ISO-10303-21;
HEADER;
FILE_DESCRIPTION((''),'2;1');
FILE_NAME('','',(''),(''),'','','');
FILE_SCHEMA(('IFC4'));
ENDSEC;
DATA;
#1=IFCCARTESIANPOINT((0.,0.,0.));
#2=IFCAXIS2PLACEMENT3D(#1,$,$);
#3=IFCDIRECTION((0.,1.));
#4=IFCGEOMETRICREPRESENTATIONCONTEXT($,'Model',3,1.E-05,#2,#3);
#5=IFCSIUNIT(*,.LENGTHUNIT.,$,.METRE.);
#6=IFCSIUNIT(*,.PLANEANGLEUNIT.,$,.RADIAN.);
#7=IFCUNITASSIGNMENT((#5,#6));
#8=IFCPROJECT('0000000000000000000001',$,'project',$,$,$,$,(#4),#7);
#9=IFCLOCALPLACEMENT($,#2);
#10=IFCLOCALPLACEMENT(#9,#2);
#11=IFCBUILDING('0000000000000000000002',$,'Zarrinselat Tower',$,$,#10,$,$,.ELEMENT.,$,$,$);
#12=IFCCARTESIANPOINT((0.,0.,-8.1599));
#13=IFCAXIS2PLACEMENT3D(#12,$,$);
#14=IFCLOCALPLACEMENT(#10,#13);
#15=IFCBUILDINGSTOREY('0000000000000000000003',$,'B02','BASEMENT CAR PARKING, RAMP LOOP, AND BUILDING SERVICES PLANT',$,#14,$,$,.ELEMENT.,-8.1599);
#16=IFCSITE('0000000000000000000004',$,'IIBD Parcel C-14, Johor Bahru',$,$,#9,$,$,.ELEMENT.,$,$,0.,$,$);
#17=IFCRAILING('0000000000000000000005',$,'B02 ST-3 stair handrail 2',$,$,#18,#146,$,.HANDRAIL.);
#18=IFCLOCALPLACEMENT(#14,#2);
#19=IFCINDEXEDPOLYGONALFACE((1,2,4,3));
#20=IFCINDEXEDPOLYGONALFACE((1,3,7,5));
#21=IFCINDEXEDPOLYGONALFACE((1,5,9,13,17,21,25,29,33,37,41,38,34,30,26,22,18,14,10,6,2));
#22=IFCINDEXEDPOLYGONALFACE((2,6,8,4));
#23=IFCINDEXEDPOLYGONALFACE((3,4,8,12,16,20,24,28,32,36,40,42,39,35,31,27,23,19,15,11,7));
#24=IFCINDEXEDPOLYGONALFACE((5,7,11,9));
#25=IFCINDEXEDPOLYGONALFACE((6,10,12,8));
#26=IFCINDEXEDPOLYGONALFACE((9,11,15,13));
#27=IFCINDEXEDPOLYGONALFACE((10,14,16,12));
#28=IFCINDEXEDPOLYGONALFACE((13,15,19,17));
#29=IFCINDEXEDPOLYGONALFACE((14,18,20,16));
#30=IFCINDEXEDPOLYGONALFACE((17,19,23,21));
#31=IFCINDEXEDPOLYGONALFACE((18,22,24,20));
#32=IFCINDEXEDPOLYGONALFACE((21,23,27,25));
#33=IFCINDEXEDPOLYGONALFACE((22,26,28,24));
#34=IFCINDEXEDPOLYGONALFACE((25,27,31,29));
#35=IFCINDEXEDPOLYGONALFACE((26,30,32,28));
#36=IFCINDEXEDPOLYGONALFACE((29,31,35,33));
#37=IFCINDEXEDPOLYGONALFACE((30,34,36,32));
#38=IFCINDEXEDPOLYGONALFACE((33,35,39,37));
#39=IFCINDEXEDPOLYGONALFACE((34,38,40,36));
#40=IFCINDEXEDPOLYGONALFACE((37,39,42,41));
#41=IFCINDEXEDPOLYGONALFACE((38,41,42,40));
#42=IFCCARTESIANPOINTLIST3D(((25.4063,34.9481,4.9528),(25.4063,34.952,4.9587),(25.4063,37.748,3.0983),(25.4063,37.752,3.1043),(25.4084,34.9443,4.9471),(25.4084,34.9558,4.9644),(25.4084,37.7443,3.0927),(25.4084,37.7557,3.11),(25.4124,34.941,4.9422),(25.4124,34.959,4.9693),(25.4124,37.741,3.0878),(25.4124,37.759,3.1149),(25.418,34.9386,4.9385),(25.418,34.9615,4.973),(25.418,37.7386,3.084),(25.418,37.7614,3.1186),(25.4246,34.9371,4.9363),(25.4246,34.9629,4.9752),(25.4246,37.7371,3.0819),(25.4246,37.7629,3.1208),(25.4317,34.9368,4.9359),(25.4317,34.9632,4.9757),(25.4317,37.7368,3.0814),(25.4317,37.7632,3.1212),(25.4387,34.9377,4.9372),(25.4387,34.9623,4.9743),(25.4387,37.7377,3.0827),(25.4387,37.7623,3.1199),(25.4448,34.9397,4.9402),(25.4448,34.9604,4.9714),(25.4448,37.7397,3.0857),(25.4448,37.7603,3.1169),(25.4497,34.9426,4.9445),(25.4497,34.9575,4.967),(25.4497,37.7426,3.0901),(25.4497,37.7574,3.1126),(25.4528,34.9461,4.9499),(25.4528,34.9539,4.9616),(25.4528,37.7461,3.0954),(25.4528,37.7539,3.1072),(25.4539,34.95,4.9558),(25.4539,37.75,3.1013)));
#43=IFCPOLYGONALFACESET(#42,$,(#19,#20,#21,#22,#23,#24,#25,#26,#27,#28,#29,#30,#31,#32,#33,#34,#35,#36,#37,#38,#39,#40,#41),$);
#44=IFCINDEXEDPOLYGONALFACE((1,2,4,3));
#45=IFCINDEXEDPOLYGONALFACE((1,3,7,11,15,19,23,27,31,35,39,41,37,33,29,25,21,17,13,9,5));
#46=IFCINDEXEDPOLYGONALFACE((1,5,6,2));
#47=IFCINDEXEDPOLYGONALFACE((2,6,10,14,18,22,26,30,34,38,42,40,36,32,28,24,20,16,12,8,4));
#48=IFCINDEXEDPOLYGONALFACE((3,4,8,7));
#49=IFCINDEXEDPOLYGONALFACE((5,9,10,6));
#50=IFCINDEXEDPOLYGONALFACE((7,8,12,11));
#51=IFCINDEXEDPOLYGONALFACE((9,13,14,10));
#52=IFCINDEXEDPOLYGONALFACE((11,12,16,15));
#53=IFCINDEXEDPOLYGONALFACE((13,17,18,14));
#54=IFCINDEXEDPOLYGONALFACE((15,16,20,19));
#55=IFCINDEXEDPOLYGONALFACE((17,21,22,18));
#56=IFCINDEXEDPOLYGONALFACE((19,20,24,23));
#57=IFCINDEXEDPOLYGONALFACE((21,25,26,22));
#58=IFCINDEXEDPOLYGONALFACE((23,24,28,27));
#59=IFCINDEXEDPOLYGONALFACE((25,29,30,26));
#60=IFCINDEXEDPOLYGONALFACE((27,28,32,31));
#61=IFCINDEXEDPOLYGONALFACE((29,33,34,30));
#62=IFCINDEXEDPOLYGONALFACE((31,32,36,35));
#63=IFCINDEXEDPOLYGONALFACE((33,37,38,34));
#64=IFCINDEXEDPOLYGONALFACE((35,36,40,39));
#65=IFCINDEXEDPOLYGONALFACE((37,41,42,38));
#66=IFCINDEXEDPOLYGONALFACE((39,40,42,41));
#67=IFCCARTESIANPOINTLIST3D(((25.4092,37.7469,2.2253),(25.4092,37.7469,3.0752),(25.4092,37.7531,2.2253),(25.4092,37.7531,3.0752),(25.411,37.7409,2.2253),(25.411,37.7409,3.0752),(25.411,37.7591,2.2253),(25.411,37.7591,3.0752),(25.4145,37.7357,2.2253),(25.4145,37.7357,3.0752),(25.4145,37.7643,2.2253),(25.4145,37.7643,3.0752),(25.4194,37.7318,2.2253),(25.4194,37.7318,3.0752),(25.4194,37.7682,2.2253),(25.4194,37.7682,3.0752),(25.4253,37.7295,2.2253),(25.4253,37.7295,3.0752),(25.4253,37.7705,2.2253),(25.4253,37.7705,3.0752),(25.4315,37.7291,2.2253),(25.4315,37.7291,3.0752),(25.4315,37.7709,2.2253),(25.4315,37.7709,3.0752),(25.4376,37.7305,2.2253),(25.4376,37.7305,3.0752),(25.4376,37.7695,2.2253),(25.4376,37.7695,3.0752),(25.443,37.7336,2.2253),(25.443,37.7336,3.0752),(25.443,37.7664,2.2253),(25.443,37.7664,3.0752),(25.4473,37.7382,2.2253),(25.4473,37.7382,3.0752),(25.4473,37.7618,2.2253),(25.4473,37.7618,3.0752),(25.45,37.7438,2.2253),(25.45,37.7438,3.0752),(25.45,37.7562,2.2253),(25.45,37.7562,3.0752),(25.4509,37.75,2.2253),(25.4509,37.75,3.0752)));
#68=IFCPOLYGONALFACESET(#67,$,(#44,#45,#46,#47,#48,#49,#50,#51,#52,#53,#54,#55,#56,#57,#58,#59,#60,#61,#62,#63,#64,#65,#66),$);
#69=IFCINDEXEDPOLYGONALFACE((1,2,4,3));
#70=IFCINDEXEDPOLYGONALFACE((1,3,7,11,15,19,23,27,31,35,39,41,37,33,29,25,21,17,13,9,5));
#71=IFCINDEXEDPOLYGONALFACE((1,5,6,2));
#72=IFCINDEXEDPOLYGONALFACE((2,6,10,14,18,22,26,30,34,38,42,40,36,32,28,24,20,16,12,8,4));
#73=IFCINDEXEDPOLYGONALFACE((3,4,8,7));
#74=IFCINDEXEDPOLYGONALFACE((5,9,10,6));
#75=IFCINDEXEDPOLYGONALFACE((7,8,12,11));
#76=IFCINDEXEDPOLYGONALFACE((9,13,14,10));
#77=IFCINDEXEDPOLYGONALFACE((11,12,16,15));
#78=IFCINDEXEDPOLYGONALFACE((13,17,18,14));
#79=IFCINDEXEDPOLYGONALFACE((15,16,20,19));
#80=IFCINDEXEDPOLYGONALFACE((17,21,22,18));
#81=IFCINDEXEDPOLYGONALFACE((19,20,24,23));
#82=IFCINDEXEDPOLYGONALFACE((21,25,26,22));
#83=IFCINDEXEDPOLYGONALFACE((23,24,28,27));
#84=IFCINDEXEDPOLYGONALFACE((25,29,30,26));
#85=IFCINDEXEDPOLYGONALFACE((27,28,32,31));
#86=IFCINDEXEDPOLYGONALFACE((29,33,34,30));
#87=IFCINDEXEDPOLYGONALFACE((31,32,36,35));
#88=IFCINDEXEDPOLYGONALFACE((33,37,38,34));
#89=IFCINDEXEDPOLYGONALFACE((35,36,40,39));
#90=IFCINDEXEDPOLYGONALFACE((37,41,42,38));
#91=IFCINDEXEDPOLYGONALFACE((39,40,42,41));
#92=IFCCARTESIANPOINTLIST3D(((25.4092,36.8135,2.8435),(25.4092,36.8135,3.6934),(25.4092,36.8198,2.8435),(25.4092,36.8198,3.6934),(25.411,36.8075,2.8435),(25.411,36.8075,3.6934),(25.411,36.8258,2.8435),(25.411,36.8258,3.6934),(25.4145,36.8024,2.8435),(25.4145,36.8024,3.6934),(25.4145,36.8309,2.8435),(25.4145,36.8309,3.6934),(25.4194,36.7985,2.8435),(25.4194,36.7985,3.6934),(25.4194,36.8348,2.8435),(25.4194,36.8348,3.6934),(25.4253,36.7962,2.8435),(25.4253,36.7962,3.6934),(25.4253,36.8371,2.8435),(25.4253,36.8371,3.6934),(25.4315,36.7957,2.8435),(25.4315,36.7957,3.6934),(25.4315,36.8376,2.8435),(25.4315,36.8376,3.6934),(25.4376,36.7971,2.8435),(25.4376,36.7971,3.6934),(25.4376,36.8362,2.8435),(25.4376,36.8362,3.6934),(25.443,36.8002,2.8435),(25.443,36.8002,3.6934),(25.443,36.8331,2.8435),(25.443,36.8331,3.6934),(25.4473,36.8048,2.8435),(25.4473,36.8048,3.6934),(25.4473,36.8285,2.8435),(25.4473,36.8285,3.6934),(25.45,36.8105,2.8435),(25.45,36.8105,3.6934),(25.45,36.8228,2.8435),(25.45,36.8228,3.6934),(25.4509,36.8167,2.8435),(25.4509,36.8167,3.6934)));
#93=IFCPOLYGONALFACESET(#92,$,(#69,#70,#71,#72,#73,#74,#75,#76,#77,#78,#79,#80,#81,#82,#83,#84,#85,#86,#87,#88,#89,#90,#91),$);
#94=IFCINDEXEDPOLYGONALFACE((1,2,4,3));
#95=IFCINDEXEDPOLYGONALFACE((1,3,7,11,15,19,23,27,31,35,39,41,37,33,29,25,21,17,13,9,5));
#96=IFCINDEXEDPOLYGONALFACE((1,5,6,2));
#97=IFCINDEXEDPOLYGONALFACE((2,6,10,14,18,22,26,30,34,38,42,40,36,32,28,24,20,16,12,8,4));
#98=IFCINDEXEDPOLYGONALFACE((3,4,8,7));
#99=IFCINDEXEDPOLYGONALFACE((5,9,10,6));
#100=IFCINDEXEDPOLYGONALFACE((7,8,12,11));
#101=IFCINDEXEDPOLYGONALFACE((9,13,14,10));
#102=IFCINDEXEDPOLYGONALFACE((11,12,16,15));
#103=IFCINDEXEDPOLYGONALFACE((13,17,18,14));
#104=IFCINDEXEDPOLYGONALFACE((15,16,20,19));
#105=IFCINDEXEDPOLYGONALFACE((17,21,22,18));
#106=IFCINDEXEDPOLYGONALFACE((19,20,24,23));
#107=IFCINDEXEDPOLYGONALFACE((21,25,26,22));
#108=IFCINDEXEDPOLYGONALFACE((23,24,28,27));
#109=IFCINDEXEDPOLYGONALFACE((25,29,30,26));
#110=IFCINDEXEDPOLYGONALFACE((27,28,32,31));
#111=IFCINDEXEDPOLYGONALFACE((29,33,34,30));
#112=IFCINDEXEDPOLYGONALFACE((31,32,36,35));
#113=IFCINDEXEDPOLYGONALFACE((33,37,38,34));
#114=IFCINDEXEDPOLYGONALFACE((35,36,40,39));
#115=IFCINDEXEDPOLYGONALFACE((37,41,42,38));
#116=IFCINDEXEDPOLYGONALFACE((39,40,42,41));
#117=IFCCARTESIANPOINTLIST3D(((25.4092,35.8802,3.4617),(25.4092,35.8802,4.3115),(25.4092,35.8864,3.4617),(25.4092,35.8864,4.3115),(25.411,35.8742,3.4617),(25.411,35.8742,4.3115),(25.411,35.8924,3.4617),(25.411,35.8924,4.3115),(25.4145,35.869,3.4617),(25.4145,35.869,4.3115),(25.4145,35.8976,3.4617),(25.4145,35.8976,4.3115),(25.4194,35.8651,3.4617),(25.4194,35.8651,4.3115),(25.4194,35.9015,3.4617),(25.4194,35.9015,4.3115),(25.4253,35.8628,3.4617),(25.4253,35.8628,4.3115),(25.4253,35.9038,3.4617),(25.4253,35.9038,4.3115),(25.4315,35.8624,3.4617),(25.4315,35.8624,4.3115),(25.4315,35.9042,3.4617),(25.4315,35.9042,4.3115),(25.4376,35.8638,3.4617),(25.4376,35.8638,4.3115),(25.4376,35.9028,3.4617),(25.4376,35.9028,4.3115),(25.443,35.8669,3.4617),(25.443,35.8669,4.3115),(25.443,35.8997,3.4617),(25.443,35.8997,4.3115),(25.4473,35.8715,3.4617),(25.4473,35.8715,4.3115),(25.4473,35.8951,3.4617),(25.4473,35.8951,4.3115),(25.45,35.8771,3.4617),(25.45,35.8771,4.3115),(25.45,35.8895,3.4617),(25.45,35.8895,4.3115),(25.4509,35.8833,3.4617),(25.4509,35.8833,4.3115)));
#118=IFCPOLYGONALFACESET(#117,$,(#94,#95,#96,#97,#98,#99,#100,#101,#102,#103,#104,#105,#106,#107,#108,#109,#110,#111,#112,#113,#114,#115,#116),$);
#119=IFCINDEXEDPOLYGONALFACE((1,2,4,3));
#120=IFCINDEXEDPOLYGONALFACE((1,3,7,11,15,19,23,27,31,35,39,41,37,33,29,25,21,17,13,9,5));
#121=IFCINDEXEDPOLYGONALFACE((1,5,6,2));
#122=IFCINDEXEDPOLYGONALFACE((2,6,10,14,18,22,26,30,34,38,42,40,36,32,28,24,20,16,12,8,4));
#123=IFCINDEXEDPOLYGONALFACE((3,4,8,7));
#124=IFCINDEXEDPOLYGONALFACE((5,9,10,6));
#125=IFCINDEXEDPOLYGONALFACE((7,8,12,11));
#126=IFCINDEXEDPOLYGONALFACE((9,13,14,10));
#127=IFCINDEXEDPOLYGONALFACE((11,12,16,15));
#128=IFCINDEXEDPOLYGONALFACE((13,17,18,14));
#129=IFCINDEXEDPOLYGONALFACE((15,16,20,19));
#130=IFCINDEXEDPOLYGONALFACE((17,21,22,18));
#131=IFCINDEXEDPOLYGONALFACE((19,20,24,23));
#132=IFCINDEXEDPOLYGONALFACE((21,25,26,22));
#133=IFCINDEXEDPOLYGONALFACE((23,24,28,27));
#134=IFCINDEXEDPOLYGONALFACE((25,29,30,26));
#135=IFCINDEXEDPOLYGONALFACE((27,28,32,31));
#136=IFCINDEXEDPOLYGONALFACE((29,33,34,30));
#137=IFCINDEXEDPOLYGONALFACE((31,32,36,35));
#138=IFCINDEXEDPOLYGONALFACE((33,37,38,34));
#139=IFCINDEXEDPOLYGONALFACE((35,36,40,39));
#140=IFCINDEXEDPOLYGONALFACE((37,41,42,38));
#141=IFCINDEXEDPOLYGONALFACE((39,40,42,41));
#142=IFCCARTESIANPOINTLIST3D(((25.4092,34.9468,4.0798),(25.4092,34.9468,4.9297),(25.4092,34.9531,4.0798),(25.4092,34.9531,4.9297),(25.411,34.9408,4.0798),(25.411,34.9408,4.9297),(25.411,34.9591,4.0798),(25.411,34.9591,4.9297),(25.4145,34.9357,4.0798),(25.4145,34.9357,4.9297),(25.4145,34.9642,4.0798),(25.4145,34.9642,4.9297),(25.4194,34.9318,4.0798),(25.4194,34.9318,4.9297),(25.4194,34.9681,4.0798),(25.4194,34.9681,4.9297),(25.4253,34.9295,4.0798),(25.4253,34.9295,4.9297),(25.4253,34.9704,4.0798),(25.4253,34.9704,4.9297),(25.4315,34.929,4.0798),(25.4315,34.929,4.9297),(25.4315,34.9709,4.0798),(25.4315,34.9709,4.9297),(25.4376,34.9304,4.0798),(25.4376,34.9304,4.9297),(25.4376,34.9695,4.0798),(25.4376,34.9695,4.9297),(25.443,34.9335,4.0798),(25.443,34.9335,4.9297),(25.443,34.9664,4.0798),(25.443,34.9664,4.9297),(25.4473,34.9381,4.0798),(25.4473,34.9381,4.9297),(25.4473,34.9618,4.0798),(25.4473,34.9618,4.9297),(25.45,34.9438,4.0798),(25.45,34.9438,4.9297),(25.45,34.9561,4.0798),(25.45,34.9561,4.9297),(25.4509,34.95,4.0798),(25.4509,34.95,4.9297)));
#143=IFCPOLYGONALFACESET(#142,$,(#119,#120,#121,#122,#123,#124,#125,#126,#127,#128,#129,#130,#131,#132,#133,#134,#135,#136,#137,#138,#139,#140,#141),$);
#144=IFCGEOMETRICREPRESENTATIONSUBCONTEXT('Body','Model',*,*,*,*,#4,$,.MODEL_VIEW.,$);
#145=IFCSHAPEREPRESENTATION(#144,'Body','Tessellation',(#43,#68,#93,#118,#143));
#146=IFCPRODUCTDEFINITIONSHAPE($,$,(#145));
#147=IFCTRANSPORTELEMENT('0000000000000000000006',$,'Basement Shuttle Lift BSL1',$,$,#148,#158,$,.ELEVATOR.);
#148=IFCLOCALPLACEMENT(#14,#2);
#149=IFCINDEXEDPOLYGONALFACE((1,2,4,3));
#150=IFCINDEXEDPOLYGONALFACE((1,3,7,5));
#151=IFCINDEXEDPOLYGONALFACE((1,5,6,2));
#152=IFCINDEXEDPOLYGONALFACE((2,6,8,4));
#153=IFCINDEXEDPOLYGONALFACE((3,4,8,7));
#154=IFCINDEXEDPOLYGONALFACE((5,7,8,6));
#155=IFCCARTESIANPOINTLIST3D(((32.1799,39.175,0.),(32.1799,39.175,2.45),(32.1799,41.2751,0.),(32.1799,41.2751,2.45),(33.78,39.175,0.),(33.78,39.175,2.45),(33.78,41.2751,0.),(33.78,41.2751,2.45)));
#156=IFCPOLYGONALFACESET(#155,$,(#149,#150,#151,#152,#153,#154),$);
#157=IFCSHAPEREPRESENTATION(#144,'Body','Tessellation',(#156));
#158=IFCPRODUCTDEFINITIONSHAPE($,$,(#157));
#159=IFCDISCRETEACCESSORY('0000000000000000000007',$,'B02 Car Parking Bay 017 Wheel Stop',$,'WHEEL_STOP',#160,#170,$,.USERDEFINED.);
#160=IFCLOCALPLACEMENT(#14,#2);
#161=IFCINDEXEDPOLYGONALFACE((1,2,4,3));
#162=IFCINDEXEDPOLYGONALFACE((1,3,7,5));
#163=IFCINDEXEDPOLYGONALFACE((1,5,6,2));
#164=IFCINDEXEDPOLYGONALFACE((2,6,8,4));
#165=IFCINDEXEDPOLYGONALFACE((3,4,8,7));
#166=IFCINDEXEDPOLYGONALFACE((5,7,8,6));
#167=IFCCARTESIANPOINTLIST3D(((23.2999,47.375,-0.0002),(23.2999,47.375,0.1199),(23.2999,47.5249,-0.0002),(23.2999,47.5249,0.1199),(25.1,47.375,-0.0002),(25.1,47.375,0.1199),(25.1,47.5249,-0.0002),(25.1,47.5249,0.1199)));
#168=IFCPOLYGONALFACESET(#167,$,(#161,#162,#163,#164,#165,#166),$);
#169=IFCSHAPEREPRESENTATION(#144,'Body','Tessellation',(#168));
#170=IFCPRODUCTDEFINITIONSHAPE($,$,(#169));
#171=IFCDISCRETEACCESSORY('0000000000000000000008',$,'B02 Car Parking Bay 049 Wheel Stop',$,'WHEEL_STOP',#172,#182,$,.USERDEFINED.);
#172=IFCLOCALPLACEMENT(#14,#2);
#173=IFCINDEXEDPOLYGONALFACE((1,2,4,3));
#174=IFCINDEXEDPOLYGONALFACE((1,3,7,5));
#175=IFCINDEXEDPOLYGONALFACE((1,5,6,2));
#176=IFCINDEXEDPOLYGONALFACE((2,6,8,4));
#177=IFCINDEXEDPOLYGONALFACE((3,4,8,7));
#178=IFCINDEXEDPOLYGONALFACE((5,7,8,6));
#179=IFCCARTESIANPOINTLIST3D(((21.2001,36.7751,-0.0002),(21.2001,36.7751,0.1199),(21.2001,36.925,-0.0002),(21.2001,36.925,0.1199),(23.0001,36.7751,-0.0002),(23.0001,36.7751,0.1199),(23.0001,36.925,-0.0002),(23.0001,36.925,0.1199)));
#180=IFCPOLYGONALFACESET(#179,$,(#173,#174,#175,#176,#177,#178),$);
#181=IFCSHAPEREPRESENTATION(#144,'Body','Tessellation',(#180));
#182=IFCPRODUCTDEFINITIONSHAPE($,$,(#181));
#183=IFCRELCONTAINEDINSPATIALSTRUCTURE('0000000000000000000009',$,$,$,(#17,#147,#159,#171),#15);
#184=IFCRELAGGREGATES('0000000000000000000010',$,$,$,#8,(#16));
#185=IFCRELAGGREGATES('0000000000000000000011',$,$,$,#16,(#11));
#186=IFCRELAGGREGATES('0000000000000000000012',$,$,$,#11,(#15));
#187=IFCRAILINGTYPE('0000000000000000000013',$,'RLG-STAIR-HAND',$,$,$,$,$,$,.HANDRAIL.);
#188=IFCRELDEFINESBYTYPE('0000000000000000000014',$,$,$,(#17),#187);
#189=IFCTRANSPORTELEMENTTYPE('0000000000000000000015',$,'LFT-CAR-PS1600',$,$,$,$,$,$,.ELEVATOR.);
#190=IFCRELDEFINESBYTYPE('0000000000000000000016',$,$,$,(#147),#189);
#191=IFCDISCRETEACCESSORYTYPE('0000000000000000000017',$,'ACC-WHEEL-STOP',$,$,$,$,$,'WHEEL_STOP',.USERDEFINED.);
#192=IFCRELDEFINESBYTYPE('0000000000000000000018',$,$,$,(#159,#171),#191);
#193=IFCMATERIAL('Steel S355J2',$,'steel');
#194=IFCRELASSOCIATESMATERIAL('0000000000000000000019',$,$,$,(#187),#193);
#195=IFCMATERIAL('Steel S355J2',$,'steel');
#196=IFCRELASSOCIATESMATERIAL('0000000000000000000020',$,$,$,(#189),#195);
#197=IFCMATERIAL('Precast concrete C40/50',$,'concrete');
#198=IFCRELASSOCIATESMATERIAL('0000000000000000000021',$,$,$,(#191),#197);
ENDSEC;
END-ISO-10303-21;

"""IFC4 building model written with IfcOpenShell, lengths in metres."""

from ifc_helpers import new_model, si_unit, direction, frame, origin, origin_2d, place, context, subcontext, project, spatial, rectangle, circle, extrude, material, type_object, element, save


model = new_model("IFC4")

# Units and contexts
model_context = context("Model", 3, precision=1e-05, world=origin(), true_north=direction((0.0, 1.0)))
body_context = subcontext(model_context, "Body", "Model", "MODEL_VIEW")
ifc_project = project(units=[si_unit("LENGTHUNIT", "METRE"), si_unit("PLANEANGLEUNIT", "RADIAN")], contexts=[model_context])

# Site, building, storey
site_placement = place(None, origin())
site = spatial("IfcSite", under=ifc_project, at=site_placement, Name="IIBD Parcel C-14, Johor Bahru", CompositionType="ELEMENT", RefElevation=0.0)
building_placement = place(site_placement, origin())
building = spatial("IfcBuilding", under=site, at=building_placement, Name="Zarrinselat Tower", CompositionType="ELEMENT")
storey_placement = place(building_placement, frame((0.0, 0.0, -8.1599)))
storey = spatial("IfcBuildingStorey", under=building, at=storey_placement, Name="B02", Description="BASEMENT CAR PARKING, RAMP LOOP, AND BUILDING SERVICES PLANT", CompositionType="ELEMENT", Elevation=-8.1599)

# Railing
ifc_material_1 = material(Name="Steel S355J2", Category="steel")
railing_type_1 = type_object("IfcRailingType", Name="RLG-STAIR-HAND", PredefinedType="HANDRAIL", material=ifc_material_1)
railing_1_placement = place(storey_placement, frame((25.4299, 37.75, 2.2253)))
element("IfcRailing", 1, at=railing_1_placement, inside=storey, type_object=railing_type_1, Name="B02 ST-3 stair handrail 2", PredefinedType="HANDRAIL", context=body_context, shape_type="SweptSolid", body=[
    extrude(circle(Radius=0.0239, at=origin_2d()), frame((0.0, 0.0, 0.876), z_axis=(0.0, -0.833724, 0.552181), x_axis=(1.0, 0.0, 0.0)), (0.0, 0.0, 1.0), 3.3584),
    extrude(circle(Radius=0.021, at=origin_2d()), origin(), (0.0, 0.0, 1.0), 0.8499),
    extrude(circle(Radius=0.021, at=origin_2d()), frame((0.0, -0.9333, 0.6182)), (0.0, 0.0, 1.0), 0.8499),
    extrude(circle(Radius=0.021, at=origin_2d()), frame((0.0, -1.8667, 1.2363)), (0.0, 0.0, 1.0), 0.8499),
    extrude(circle(Radius=0.021, at=origin_2d()), frame((0.0, -2.8, 1.8545)), (0.0, 0.0, 1.0), 0.8499),
])

# Transport element
ifc_material_2 = material(Name="Steel S355J2", Category="steel")
transport_element_type = type_object("IfcTransportElementType", Name="LFT-CAR-PS1600", PredefinedType="ELEVATOR", material=ifc_material_2)
transport_element_placement = place(storey_placement, frame((32.98, 40.2251, 0.0), z_axis=(0.0, 0.0, 1.0), x_axis=(1.0, 0.0, 0.0)))
element("IfcTransportElement", 2, at=transport_element_placement, inside=storey, type_object=transport_element_type, Name="Basement Shuttle Lift BSL1", PredefinedType="ELEVATOR", context=body_context, shape_type="SweptSolid", body=[
    extrude(rectangle(XDim=1.6001, YDim=2.1001, at=origin_2d()), origin(), (0.0, 0.0, 1.0), 2.45),
])

# Discrete accessories
ifc_material_3 = material(Name="Precast concrete C40/50", Category="concrete")
discrete_accessory_type = type_object("IfcDiscreteAccessoryType", Name="ACC-WHEEL-STOP", ElementType="WHEEL_STOP", PredefinedType="USERDEFINED", material=ifc_material_3)
for number, where, z_axis, x_axis, name in (
    (3, (24.2, 47.45, -0.0002), (0.0, 0.0, 1.0), (1.0, 0.0, 0.0), "B02 Car Parking Bay 017 Wheel Stop"),
    (4, (22.1001, 36.8501, -0.0002), (0.0, 0.0, 1.0), (1.0, 0.0, 0.0), "B02 Car Parking Bay 049 Wheel Stop"),
):
    element("IfcDiscreteAccessory", number, at=place(storey_placement, frame(where, z_axis=z_axis, x_axis=x_axis)), inside=storey, type_object=discrete_accessory_type, Name=name, ObjectType="WHEEL_STOP", PredefinedType="USERDEFINED", context=body_context, shape_type="SweptSolid", body=[
        extrude(rectangle(XDim=1.8, YDim=0.1499, at=origin_2d()), origin(), (0.0, 0.0, 1.0), 0.1201),
    ])

save(model, "model.ifc")
